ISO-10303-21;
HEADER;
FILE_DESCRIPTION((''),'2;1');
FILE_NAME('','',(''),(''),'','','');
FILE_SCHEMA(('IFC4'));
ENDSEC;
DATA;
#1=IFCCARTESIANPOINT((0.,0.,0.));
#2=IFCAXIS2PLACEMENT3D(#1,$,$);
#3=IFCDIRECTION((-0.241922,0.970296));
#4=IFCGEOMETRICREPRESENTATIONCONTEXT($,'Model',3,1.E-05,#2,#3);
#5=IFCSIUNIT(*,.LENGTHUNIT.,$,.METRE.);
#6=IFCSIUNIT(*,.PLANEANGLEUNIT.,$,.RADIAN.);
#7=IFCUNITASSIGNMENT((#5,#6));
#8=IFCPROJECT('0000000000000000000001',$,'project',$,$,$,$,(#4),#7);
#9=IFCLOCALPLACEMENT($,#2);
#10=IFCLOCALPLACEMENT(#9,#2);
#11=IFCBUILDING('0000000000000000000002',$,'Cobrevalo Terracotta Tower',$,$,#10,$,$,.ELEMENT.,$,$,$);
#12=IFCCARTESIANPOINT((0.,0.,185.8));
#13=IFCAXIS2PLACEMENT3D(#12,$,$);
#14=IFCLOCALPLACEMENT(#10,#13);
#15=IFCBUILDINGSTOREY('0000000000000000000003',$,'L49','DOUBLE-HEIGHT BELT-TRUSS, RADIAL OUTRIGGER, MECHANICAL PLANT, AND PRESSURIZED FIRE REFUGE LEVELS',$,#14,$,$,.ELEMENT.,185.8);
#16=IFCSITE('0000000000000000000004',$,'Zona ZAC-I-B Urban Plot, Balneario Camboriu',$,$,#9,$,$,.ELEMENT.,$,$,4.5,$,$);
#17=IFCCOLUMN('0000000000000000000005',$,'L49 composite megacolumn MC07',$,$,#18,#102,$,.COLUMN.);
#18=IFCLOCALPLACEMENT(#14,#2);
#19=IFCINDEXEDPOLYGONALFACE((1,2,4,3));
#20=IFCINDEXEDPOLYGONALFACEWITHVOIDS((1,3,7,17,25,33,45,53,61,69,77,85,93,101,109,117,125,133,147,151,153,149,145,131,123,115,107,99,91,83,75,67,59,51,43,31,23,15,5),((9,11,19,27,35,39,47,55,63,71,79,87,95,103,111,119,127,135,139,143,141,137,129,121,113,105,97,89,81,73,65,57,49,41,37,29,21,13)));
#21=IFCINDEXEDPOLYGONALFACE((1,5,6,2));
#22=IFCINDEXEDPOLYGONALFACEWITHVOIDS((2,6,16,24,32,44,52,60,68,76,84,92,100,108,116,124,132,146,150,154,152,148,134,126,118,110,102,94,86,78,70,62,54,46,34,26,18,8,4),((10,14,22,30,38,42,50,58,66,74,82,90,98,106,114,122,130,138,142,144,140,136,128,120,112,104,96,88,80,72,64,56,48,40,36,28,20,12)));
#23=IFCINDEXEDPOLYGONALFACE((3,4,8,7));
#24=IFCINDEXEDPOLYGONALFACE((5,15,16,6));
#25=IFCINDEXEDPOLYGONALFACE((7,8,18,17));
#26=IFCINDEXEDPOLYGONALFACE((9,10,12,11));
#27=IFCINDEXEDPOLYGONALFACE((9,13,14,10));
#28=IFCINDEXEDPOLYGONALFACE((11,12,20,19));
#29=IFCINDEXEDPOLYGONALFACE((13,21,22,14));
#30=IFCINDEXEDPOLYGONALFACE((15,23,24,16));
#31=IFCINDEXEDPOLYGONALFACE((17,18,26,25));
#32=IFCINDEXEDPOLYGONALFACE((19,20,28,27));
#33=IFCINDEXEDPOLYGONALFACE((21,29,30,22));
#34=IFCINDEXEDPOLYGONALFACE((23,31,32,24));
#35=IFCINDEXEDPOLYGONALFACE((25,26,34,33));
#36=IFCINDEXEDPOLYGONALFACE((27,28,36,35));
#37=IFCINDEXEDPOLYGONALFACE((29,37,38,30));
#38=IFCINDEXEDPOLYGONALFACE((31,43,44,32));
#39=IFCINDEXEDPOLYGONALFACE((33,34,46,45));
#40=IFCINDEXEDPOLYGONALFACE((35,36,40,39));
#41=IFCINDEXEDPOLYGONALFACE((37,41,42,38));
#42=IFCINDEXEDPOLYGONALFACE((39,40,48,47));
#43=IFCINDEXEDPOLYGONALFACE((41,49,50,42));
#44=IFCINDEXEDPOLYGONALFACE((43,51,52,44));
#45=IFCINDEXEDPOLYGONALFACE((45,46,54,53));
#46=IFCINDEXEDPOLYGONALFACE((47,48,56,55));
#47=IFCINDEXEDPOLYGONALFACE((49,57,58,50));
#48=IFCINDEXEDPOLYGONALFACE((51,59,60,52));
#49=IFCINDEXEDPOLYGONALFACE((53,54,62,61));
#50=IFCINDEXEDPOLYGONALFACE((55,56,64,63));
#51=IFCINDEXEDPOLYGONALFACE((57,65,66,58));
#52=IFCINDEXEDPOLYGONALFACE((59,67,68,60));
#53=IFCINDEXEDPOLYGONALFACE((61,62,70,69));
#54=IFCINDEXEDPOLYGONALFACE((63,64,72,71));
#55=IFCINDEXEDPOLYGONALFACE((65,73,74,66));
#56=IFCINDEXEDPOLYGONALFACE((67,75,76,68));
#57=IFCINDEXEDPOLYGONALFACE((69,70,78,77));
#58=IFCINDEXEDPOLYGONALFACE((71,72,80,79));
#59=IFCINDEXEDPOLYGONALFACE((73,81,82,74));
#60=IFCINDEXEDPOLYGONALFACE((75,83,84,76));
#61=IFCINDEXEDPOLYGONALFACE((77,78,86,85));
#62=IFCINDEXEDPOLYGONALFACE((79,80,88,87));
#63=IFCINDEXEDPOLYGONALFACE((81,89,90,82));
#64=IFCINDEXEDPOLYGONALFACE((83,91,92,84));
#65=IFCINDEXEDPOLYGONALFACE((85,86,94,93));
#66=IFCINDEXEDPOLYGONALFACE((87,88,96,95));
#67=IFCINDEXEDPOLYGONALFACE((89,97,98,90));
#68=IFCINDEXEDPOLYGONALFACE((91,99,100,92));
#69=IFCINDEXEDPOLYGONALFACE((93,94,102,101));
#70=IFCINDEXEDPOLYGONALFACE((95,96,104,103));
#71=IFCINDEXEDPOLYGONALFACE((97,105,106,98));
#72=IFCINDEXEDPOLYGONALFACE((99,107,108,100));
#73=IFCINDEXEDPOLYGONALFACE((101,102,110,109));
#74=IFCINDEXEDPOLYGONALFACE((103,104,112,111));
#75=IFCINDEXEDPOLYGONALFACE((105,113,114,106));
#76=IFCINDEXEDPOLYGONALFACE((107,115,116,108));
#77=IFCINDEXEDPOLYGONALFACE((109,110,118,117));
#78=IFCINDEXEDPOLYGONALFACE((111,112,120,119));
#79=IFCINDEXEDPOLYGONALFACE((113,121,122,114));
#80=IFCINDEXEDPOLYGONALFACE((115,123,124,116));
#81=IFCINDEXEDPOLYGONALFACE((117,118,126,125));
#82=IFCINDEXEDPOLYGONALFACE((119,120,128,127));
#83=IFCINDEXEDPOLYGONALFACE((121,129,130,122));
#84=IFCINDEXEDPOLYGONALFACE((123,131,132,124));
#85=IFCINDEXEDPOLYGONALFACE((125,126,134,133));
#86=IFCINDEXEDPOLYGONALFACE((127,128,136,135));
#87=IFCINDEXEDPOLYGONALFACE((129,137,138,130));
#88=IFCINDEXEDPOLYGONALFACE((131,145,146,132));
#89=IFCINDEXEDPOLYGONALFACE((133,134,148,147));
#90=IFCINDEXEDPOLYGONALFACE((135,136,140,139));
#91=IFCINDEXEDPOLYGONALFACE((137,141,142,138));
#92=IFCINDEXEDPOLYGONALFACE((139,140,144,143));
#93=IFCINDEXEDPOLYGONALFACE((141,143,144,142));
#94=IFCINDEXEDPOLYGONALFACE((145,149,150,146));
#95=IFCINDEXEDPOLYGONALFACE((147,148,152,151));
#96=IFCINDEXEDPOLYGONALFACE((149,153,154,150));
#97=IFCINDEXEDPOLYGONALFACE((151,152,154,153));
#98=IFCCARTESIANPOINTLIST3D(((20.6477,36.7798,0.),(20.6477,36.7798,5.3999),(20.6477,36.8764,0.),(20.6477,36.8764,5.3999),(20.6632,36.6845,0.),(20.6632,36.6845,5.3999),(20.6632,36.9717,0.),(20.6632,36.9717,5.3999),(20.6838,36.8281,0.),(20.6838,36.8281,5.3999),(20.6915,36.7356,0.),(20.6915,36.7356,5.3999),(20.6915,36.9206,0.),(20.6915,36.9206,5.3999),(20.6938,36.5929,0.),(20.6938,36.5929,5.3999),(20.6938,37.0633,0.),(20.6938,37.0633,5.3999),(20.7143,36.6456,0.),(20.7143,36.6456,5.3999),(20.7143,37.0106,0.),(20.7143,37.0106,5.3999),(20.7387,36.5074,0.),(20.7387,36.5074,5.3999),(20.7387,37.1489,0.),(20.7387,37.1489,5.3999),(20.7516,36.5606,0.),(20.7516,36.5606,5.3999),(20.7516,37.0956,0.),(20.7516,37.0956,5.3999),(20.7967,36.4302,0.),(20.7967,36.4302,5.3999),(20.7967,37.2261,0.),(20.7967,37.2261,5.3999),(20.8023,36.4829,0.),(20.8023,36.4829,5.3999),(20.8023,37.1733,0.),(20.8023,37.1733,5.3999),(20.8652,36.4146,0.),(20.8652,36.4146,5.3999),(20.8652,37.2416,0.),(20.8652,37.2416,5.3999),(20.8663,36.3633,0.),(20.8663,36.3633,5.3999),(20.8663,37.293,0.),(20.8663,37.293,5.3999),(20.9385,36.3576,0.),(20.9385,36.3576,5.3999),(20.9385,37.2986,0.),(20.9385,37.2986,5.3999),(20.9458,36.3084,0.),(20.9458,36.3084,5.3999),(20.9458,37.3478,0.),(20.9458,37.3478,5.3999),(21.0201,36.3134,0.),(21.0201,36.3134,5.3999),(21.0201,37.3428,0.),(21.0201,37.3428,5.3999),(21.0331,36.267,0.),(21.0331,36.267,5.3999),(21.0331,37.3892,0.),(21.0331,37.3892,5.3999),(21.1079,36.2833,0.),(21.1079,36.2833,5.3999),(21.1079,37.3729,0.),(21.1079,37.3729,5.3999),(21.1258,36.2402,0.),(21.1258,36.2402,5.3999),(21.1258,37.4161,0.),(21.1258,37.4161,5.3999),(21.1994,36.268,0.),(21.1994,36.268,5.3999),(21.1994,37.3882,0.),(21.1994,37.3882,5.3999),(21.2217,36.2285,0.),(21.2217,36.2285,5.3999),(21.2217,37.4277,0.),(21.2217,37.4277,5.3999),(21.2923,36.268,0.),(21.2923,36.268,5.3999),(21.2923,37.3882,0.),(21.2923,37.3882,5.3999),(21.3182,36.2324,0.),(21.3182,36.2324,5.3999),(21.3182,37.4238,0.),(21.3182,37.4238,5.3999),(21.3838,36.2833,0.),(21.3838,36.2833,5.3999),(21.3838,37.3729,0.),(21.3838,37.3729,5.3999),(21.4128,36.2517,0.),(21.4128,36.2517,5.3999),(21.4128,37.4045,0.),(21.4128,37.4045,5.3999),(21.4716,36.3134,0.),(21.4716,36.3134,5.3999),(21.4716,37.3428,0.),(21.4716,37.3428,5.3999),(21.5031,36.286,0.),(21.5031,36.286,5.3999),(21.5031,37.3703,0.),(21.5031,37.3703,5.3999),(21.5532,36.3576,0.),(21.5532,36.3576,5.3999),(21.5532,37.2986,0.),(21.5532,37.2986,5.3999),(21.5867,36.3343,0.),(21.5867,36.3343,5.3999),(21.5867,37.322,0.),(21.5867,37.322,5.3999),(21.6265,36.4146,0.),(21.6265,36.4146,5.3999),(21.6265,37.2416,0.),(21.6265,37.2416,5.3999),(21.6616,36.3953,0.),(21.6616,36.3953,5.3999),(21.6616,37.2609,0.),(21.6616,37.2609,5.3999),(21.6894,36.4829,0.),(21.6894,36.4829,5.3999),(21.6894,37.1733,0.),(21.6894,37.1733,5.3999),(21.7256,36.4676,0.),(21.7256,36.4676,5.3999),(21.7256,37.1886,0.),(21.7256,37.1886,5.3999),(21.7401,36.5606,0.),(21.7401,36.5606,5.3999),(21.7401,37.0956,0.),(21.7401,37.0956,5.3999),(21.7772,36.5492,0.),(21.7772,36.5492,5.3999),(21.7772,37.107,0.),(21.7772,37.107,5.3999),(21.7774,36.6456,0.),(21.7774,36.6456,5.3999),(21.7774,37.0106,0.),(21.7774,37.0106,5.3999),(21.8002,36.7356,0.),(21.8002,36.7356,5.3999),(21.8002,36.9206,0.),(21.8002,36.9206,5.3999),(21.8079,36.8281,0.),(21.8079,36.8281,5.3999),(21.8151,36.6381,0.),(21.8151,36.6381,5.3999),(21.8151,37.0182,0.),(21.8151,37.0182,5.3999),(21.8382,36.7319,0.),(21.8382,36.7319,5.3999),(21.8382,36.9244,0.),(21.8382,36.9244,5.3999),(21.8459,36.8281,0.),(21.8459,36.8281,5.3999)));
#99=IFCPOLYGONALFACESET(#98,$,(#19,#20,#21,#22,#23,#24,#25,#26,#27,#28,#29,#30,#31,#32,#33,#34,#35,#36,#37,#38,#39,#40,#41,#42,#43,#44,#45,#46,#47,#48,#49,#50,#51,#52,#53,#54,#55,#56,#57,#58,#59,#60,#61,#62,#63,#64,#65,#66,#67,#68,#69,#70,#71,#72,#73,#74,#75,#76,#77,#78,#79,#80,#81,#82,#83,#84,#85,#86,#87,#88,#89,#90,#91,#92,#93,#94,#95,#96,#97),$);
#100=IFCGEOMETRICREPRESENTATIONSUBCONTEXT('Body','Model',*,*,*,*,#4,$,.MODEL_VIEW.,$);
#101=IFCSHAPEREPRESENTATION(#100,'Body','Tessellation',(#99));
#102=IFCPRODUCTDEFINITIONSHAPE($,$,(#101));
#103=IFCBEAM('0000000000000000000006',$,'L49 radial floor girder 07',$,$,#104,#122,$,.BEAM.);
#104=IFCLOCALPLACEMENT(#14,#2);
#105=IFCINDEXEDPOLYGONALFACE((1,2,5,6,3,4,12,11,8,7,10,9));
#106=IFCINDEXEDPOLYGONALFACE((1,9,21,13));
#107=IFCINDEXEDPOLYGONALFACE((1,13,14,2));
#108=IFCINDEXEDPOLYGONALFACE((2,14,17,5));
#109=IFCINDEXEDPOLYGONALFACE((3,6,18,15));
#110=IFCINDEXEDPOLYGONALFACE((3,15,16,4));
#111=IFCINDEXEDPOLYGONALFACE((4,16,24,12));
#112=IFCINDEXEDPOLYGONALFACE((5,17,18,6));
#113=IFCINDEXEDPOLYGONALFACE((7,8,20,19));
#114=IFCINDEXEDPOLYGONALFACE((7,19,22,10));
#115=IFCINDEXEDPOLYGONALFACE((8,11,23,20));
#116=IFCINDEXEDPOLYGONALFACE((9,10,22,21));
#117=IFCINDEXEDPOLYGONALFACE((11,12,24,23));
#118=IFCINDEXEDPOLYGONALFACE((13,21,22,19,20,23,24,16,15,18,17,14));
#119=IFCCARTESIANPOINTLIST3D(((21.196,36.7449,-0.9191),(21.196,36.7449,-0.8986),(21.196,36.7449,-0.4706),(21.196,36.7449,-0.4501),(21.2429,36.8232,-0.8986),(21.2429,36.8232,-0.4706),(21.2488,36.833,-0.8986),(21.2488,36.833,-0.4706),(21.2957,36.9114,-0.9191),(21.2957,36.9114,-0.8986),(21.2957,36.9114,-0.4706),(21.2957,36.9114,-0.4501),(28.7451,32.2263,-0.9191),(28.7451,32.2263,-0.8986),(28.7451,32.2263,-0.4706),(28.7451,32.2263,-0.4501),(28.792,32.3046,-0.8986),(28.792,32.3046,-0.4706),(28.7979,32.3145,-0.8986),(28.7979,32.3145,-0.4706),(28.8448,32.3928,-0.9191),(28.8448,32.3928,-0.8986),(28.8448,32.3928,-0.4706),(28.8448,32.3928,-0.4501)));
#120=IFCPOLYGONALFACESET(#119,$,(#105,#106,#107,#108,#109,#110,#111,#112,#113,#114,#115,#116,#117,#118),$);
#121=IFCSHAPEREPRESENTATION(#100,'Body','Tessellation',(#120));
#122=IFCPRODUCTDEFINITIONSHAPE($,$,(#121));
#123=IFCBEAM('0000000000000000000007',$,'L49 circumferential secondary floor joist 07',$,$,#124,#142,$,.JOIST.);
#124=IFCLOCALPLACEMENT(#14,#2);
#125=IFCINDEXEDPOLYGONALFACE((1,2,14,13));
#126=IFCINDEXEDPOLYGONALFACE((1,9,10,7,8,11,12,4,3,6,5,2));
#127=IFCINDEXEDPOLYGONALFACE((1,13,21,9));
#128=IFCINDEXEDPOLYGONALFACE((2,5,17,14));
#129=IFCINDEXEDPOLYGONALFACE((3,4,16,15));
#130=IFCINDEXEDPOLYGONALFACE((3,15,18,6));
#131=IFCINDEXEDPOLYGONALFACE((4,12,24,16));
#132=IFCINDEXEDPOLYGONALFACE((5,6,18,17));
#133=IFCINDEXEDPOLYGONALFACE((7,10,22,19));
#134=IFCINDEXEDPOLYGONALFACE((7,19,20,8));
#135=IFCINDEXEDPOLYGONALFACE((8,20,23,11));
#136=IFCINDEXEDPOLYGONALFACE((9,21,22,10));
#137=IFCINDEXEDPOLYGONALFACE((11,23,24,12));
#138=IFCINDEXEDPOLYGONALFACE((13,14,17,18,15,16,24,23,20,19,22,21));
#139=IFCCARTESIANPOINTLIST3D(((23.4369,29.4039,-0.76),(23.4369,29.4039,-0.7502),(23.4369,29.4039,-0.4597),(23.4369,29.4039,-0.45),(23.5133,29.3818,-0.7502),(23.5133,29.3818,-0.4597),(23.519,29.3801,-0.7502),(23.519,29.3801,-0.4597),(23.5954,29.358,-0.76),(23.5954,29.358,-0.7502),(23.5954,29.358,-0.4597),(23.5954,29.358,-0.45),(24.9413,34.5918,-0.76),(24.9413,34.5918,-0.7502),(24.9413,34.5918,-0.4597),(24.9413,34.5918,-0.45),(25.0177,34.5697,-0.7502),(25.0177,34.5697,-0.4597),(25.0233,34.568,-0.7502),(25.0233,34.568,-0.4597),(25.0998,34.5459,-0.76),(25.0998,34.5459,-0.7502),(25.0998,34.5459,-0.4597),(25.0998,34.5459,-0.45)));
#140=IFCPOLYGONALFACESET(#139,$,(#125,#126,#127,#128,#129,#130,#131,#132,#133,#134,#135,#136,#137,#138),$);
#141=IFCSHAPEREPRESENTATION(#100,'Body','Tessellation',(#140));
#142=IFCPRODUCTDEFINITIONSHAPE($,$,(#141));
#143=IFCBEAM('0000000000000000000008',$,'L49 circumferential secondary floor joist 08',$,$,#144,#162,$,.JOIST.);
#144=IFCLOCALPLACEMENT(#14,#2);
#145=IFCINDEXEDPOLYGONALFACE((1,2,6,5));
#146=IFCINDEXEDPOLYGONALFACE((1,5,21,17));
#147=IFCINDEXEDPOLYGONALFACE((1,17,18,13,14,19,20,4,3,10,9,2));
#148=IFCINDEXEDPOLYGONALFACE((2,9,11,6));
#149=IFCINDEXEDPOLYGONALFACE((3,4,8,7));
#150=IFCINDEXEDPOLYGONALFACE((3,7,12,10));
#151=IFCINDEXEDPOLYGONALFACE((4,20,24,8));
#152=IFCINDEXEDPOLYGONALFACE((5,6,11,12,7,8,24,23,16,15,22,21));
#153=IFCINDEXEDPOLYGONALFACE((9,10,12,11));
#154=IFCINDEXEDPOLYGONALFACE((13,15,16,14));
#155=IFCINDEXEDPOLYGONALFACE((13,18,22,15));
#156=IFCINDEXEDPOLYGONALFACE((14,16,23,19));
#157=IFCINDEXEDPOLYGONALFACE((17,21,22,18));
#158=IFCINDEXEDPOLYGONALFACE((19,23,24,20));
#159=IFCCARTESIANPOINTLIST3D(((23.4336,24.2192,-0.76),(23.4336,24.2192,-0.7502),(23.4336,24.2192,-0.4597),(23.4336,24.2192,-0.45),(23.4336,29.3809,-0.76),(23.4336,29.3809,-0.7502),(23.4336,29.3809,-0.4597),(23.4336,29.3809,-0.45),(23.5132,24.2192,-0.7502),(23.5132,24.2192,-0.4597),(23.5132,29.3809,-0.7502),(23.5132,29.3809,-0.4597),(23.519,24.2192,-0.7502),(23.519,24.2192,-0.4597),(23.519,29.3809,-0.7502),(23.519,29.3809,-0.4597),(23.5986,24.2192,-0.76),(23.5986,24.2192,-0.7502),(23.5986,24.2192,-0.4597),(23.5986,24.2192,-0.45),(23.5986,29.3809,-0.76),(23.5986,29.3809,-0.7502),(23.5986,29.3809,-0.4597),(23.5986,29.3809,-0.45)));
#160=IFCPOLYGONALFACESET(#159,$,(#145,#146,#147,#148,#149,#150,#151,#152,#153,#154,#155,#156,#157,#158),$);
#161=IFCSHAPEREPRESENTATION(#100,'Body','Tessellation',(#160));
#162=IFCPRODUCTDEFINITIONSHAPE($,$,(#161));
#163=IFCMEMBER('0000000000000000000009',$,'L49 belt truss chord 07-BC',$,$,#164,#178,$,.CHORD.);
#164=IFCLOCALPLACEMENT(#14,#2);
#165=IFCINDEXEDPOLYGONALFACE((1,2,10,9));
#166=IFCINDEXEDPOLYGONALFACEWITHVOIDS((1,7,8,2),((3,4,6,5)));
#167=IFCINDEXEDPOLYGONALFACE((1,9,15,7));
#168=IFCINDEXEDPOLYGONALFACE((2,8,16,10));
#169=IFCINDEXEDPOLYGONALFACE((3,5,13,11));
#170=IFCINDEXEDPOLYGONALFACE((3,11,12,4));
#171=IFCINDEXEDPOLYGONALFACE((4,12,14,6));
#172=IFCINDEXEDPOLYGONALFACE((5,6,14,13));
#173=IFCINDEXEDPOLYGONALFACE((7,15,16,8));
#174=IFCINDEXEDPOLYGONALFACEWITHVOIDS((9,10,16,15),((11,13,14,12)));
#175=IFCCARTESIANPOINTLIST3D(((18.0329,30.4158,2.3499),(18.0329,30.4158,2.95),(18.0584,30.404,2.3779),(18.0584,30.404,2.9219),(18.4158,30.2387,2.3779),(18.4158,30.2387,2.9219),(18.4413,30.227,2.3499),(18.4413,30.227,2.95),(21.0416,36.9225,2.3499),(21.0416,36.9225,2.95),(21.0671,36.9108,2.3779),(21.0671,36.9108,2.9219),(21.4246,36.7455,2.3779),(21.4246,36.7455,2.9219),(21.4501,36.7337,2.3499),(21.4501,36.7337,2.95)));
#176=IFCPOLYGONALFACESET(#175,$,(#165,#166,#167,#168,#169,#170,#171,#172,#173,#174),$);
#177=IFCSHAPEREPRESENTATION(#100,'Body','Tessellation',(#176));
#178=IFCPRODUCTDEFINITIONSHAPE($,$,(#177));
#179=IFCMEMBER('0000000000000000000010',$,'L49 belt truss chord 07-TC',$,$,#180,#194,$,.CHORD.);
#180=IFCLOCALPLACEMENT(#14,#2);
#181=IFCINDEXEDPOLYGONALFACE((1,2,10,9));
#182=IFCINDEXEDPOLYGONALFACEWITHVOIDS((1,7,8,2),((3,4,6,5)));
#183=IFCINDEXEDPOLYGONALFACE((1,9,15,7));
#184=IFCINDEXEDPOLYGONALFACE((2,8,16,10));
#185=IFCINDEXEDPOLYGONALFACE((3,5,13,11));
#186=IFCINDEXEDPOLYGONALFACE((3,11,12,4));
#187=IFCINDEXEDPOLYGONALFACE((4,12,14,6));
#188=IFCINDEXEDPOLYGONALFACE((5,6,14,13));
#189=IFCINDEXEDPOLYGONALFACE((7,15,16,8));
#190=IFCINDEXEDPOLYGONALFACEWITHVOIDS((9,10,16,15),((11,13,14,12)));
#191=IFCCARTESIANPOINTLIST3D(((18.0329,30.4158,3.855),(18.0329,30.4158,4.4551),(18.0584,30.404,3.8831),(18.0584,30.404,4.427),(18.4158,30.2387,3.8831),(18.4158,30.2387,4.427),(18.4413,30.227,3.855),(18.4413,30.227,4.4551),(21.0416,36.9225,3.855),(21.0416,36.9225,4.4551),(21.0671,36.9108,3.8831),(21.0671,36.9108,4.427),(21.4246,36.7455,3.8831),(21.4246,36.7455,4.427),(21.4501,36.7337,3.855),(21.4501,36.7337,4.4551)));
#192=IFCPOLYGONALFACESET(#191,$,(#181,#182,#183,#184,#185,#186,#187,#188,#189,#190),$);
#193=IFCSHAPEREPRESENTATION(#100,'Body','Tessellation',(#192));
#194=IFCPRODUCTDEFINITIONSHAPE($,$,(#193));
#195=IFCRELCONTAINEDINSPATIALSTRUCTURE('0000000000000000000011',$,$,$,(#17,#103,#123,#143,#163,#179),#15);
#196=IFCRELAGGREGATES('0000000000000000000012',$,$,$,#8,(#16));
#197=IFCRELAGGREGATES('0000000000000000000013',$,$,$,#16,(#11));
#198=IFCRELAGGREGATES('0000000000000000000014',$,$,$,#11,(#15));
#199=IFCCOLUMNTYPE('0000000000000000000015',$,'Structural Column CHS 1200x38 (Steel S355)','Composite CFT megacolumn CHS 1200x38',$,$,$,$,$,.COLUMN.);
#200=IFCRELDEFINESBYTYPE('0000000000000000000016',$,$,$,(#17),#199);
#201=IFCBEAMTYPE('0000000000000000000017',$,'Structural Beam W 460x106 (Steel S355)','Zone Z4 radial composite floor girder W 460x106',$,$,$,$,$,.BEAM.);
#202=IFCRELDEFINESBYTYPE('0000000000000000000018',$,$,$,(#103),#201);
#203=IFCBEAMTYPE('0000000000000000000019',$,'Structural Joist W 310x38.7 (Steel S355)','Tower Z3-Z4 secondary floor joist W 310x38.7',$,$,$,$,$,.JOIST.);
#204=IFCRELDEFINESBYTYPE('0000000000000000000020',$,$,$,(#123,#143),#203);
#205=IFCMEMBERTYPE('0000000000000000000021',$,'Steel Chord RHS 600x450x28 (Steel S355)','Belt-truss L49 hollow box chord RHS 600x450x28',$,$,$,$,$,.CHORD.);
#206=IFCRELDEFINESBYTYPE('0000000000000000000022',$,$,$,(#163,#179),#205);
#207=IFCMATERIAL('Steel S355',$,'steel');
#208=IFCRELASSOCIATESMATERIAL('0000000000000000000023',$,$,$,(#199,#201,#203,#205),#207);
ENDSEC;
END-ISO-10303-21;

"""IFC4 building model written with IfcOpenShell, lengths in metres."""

from ifc_helpers import new_model, si_unit, direction, frame, origin, origin_2d, place, context, subcontext, project, spatial, hollow_rectangle, hollow_circle, i_section, extrude, source, transform, mapped, material, material_profile, profile_set, type_object, element, save


model = new_model("IFC4")

# Units and contexts
model_context = context("Model", 3, precision=1e-05, world=origin(), true_north=direction((-0.241922, 0.970296)))
body_context = subcontext(model_context, "Body", "Model", "MODEL_VIEW")
ifc_project = project(units=[si_unit("LENGTHUNIT", "METRE"), si_unit("PLANEANGLEUNIT", "RADIAN")], contexts=[model_context])

# Site, building, storey
site_placement = place(None, origin())
site = spatial("IfcSite", under=ifc_project, at=site_placement, Name="Zona ZAC-I-B Urban Plot, Balneario Camboriu", CompositionType="ELEMENT", RefElevation=4.5)
building_placement = place(site_placement, origin())
building = spatial("IfcBuilding", under=site, at=building_placement, Name="Cobrevalo Terracotta Tower", CompositionType="ELEMENT")
storey_placement = place(building_placement, frame((0.0, 0.0, 185.8)))
storey = spatial("IfcBuildingStorey", under=building, at=storey_placement, Name="L49", Description="DOUBLE-HEIGHT BELT-TRUSS, RADIAL OUTRIGGER, MECHANICAL PLANT, AND PRESSURIZED FIRE REFUGE LEVELS", CompositionType="ELEMENT", Elevation=185.8)

# Column
ifc_material_1 = material(Name="Steel S355", Category="steel")
ifc_material_profile_1 = material_profile(ifc_material_1, hollow_circle(Radius=0.6001, WallThickness=0.0381, at=origin_2d()), Name="CHS 1200x38")
ifc_profile_set_1 = profile_set([ifc_material_profile_1], Name="Steel S355")
column_type = type_object("IfcColumnType", Name="Structural Column CHS 1200x38 (Steel S355)", Description="Composite CFT megacolumn CHS 1200x38", PredefinedType="COLUMN", material=ifc_profile_set_1)
column_placement = place(storey_placement, frame((21.2458, 36.8281, 0.0), z_axis=(0.0, 0.0, 1.0), x_axis=(1.0, 0.0, 0.0)))
element("IfcColumn", 1, at=column_placement, inside=storey, type_object=column_type, Name="L49 composite megacolumn MC07", PredefinedType="COLUMN", context=body_context, shape_type="SweptSolid", body=[
    extrude(hollow_circle(Radius=0.6001, WallThickness=0.0381, at=origin_2d()), origin(), (0.0, 0.0, 1.0), 5.3999),
])

# Beams
ifc_material_profile_2 = material_profile(ifc_material_1, i_section(OverallWidth=0.1941, OverallDepth=0.469, WebThickness=0.0115, FlangeThickness=0.0205, at=origin_2d()), Name="W 460x106")
ifc_profile_set_2 = profile_set([ifc_material_profile_2], Name="Steel S355")
beam_type_1 = type_object("IfcBeamType", Name="Structural Beam W 460x106 (Steel S355)", Description="Zone Z4 radial composite floor girder W 460x106", PredefinedType="BEAM", material=ifc_profile_set_2)
beam_1_placement = place(storey_placement, frame((21.2458, 36.8281, -0.6846), z_axis=(0.858038, -0.513585, 0.0), x_axis=(0.513585, 0.858038, 0.0)))
element("IfcBeam", 2, at=beam_1_placement, inside=storey, type_object=beam_type_1, Name="L49 radial floor girder 07", PredefinedType="BEAM", context=body_context, shape_type="SweptSolid", body=[
    extrude(i_section(OverallWidth=0.1941, OverallDepth=0.469, WebThickness=0.0115, FlangeThickness=0.0205, at=origin_2d()), origin(), (0.0, 0.0, 1.0), 8.7981),
])
ifc_material_profile_3 = material_profile(ifc_material_1, i_section(OverallWidth=0.165, OverallDepth=0.3101, WebThickness=0.0059, FlangeThickness=0.0098, at=origin_2d()), Name="W 310x38.7")
ifc_profile_set_3 = profile_set([ifc_material_profile_3], Name="Steel S355")
beam_type_2 = type_object("IfcBeamType", Name="Structural Joist W 310x38.7 (Steel S355)", Description="Tower Z3-Z4 secondary floor joist W 310x38.7", PredefinedType="JOIST", material=ifc_profile_set_3)
beam_2_placement = place(storey_placement, frame((25.0205, 34.5688, -0.605), z_axis=(-0.278504, -0.960435, 0.0), x_axis=(0.960435, -0.278504, 0.0)))
element("IfcBeam", 3, at=beam_2_placement, inside=storey, type_object=beam_type_2, Name="L49 circumferential secondary floor joist 07", PredefinedType="JOIST", context=body_context, shape_type="SweptSolid", body=[
    extrude(i_section(OverallWidth=0.165, OverallDepth=0.3101, WebThickness=0.0059, FlangeThickness=0.0098, at=origin_2d()), origin(), (0.0, 0.0, 1.0), 5.4016),
])
beam_3_placement = place(storey_placement, frame((23.5161, 29.3809, -0.605), z_axis=(0.0, -1.0, 0.0), x_axis=(1.0, 0.0, 0.0)))
element("IfcBeam", 4, at=beam_3_placement, inside=storey, type_object=beam_type_2, Name="L49 circumferential secondary floor joist 08", PredefinedType="JOIST", context=body_context, shape_type="SweptSolid", body=[
    extrude(i_section(OverallWidth=0.165, OverallDepth=0.3101, WebThickness=0.0059, FlangeThickness=0.0098, at=origin_2d()), origin(), (0.0, 0.0, 1.0), 5.1616),
])

# Members
ifc_material_profile_4 = material_profile(ifc_material_1, hollow_rectangle(XDim=0.45, YDim=0.6001, WallThickness=0.0281, at=origin_2d()), Name="RHS 600x450x28")
ifc_profile_set_4 = profile_set([ifc_material_profile_4], Name="Steel S355")
member_type_1 = type_object("IfcMemberType", Name="Steel Chord RHS 600x450x28 (Steel S355)", Description="Belt-truss L49 hollow box chord RHS 600x450x28", PredefinedType="CHORD", material=ifc_profile_set_4)
shared_shape_1 = source(origin(), body_context, "Body", "SweptSolid", [
    extrude(hollow_rectangle(XDim=0.45, YDim=0.6001, WallThickness=0.0281, at=origin_2d()), origin(), (0.0, 0.0, 1.0), 7.1687),
])
for number, where, z_axis, x_axis, name in (
    (5, (21.2458, 36.8281, 2.6499), (-0.419706, -0.90766, 0.0), (0.90766, -0.419706, 0.0), "L49 belt truss chord 07-BC"),
    (6, (21.2458, 36.8281, 4.155), (-0.419706, -0.90766, 0.0), (0.90766, -0.419706, 0.0), "L49 belt truss chord 07-TC"),
):
    element("IfcMember", number, at=place(storey_placement, frame(where, z_axis=z_axis, x_axis=x_axis)), inside=storey, type_object=member_type_1, Name=name, PredefinedType="CHORD", context=body_context, shape_type="MappedRepresentation", body=[
        mapped(shared_shape_1, transform((0.0, 0.0, 0.0), scale=1.0)),
    ])

save(model, "model.ifc")
